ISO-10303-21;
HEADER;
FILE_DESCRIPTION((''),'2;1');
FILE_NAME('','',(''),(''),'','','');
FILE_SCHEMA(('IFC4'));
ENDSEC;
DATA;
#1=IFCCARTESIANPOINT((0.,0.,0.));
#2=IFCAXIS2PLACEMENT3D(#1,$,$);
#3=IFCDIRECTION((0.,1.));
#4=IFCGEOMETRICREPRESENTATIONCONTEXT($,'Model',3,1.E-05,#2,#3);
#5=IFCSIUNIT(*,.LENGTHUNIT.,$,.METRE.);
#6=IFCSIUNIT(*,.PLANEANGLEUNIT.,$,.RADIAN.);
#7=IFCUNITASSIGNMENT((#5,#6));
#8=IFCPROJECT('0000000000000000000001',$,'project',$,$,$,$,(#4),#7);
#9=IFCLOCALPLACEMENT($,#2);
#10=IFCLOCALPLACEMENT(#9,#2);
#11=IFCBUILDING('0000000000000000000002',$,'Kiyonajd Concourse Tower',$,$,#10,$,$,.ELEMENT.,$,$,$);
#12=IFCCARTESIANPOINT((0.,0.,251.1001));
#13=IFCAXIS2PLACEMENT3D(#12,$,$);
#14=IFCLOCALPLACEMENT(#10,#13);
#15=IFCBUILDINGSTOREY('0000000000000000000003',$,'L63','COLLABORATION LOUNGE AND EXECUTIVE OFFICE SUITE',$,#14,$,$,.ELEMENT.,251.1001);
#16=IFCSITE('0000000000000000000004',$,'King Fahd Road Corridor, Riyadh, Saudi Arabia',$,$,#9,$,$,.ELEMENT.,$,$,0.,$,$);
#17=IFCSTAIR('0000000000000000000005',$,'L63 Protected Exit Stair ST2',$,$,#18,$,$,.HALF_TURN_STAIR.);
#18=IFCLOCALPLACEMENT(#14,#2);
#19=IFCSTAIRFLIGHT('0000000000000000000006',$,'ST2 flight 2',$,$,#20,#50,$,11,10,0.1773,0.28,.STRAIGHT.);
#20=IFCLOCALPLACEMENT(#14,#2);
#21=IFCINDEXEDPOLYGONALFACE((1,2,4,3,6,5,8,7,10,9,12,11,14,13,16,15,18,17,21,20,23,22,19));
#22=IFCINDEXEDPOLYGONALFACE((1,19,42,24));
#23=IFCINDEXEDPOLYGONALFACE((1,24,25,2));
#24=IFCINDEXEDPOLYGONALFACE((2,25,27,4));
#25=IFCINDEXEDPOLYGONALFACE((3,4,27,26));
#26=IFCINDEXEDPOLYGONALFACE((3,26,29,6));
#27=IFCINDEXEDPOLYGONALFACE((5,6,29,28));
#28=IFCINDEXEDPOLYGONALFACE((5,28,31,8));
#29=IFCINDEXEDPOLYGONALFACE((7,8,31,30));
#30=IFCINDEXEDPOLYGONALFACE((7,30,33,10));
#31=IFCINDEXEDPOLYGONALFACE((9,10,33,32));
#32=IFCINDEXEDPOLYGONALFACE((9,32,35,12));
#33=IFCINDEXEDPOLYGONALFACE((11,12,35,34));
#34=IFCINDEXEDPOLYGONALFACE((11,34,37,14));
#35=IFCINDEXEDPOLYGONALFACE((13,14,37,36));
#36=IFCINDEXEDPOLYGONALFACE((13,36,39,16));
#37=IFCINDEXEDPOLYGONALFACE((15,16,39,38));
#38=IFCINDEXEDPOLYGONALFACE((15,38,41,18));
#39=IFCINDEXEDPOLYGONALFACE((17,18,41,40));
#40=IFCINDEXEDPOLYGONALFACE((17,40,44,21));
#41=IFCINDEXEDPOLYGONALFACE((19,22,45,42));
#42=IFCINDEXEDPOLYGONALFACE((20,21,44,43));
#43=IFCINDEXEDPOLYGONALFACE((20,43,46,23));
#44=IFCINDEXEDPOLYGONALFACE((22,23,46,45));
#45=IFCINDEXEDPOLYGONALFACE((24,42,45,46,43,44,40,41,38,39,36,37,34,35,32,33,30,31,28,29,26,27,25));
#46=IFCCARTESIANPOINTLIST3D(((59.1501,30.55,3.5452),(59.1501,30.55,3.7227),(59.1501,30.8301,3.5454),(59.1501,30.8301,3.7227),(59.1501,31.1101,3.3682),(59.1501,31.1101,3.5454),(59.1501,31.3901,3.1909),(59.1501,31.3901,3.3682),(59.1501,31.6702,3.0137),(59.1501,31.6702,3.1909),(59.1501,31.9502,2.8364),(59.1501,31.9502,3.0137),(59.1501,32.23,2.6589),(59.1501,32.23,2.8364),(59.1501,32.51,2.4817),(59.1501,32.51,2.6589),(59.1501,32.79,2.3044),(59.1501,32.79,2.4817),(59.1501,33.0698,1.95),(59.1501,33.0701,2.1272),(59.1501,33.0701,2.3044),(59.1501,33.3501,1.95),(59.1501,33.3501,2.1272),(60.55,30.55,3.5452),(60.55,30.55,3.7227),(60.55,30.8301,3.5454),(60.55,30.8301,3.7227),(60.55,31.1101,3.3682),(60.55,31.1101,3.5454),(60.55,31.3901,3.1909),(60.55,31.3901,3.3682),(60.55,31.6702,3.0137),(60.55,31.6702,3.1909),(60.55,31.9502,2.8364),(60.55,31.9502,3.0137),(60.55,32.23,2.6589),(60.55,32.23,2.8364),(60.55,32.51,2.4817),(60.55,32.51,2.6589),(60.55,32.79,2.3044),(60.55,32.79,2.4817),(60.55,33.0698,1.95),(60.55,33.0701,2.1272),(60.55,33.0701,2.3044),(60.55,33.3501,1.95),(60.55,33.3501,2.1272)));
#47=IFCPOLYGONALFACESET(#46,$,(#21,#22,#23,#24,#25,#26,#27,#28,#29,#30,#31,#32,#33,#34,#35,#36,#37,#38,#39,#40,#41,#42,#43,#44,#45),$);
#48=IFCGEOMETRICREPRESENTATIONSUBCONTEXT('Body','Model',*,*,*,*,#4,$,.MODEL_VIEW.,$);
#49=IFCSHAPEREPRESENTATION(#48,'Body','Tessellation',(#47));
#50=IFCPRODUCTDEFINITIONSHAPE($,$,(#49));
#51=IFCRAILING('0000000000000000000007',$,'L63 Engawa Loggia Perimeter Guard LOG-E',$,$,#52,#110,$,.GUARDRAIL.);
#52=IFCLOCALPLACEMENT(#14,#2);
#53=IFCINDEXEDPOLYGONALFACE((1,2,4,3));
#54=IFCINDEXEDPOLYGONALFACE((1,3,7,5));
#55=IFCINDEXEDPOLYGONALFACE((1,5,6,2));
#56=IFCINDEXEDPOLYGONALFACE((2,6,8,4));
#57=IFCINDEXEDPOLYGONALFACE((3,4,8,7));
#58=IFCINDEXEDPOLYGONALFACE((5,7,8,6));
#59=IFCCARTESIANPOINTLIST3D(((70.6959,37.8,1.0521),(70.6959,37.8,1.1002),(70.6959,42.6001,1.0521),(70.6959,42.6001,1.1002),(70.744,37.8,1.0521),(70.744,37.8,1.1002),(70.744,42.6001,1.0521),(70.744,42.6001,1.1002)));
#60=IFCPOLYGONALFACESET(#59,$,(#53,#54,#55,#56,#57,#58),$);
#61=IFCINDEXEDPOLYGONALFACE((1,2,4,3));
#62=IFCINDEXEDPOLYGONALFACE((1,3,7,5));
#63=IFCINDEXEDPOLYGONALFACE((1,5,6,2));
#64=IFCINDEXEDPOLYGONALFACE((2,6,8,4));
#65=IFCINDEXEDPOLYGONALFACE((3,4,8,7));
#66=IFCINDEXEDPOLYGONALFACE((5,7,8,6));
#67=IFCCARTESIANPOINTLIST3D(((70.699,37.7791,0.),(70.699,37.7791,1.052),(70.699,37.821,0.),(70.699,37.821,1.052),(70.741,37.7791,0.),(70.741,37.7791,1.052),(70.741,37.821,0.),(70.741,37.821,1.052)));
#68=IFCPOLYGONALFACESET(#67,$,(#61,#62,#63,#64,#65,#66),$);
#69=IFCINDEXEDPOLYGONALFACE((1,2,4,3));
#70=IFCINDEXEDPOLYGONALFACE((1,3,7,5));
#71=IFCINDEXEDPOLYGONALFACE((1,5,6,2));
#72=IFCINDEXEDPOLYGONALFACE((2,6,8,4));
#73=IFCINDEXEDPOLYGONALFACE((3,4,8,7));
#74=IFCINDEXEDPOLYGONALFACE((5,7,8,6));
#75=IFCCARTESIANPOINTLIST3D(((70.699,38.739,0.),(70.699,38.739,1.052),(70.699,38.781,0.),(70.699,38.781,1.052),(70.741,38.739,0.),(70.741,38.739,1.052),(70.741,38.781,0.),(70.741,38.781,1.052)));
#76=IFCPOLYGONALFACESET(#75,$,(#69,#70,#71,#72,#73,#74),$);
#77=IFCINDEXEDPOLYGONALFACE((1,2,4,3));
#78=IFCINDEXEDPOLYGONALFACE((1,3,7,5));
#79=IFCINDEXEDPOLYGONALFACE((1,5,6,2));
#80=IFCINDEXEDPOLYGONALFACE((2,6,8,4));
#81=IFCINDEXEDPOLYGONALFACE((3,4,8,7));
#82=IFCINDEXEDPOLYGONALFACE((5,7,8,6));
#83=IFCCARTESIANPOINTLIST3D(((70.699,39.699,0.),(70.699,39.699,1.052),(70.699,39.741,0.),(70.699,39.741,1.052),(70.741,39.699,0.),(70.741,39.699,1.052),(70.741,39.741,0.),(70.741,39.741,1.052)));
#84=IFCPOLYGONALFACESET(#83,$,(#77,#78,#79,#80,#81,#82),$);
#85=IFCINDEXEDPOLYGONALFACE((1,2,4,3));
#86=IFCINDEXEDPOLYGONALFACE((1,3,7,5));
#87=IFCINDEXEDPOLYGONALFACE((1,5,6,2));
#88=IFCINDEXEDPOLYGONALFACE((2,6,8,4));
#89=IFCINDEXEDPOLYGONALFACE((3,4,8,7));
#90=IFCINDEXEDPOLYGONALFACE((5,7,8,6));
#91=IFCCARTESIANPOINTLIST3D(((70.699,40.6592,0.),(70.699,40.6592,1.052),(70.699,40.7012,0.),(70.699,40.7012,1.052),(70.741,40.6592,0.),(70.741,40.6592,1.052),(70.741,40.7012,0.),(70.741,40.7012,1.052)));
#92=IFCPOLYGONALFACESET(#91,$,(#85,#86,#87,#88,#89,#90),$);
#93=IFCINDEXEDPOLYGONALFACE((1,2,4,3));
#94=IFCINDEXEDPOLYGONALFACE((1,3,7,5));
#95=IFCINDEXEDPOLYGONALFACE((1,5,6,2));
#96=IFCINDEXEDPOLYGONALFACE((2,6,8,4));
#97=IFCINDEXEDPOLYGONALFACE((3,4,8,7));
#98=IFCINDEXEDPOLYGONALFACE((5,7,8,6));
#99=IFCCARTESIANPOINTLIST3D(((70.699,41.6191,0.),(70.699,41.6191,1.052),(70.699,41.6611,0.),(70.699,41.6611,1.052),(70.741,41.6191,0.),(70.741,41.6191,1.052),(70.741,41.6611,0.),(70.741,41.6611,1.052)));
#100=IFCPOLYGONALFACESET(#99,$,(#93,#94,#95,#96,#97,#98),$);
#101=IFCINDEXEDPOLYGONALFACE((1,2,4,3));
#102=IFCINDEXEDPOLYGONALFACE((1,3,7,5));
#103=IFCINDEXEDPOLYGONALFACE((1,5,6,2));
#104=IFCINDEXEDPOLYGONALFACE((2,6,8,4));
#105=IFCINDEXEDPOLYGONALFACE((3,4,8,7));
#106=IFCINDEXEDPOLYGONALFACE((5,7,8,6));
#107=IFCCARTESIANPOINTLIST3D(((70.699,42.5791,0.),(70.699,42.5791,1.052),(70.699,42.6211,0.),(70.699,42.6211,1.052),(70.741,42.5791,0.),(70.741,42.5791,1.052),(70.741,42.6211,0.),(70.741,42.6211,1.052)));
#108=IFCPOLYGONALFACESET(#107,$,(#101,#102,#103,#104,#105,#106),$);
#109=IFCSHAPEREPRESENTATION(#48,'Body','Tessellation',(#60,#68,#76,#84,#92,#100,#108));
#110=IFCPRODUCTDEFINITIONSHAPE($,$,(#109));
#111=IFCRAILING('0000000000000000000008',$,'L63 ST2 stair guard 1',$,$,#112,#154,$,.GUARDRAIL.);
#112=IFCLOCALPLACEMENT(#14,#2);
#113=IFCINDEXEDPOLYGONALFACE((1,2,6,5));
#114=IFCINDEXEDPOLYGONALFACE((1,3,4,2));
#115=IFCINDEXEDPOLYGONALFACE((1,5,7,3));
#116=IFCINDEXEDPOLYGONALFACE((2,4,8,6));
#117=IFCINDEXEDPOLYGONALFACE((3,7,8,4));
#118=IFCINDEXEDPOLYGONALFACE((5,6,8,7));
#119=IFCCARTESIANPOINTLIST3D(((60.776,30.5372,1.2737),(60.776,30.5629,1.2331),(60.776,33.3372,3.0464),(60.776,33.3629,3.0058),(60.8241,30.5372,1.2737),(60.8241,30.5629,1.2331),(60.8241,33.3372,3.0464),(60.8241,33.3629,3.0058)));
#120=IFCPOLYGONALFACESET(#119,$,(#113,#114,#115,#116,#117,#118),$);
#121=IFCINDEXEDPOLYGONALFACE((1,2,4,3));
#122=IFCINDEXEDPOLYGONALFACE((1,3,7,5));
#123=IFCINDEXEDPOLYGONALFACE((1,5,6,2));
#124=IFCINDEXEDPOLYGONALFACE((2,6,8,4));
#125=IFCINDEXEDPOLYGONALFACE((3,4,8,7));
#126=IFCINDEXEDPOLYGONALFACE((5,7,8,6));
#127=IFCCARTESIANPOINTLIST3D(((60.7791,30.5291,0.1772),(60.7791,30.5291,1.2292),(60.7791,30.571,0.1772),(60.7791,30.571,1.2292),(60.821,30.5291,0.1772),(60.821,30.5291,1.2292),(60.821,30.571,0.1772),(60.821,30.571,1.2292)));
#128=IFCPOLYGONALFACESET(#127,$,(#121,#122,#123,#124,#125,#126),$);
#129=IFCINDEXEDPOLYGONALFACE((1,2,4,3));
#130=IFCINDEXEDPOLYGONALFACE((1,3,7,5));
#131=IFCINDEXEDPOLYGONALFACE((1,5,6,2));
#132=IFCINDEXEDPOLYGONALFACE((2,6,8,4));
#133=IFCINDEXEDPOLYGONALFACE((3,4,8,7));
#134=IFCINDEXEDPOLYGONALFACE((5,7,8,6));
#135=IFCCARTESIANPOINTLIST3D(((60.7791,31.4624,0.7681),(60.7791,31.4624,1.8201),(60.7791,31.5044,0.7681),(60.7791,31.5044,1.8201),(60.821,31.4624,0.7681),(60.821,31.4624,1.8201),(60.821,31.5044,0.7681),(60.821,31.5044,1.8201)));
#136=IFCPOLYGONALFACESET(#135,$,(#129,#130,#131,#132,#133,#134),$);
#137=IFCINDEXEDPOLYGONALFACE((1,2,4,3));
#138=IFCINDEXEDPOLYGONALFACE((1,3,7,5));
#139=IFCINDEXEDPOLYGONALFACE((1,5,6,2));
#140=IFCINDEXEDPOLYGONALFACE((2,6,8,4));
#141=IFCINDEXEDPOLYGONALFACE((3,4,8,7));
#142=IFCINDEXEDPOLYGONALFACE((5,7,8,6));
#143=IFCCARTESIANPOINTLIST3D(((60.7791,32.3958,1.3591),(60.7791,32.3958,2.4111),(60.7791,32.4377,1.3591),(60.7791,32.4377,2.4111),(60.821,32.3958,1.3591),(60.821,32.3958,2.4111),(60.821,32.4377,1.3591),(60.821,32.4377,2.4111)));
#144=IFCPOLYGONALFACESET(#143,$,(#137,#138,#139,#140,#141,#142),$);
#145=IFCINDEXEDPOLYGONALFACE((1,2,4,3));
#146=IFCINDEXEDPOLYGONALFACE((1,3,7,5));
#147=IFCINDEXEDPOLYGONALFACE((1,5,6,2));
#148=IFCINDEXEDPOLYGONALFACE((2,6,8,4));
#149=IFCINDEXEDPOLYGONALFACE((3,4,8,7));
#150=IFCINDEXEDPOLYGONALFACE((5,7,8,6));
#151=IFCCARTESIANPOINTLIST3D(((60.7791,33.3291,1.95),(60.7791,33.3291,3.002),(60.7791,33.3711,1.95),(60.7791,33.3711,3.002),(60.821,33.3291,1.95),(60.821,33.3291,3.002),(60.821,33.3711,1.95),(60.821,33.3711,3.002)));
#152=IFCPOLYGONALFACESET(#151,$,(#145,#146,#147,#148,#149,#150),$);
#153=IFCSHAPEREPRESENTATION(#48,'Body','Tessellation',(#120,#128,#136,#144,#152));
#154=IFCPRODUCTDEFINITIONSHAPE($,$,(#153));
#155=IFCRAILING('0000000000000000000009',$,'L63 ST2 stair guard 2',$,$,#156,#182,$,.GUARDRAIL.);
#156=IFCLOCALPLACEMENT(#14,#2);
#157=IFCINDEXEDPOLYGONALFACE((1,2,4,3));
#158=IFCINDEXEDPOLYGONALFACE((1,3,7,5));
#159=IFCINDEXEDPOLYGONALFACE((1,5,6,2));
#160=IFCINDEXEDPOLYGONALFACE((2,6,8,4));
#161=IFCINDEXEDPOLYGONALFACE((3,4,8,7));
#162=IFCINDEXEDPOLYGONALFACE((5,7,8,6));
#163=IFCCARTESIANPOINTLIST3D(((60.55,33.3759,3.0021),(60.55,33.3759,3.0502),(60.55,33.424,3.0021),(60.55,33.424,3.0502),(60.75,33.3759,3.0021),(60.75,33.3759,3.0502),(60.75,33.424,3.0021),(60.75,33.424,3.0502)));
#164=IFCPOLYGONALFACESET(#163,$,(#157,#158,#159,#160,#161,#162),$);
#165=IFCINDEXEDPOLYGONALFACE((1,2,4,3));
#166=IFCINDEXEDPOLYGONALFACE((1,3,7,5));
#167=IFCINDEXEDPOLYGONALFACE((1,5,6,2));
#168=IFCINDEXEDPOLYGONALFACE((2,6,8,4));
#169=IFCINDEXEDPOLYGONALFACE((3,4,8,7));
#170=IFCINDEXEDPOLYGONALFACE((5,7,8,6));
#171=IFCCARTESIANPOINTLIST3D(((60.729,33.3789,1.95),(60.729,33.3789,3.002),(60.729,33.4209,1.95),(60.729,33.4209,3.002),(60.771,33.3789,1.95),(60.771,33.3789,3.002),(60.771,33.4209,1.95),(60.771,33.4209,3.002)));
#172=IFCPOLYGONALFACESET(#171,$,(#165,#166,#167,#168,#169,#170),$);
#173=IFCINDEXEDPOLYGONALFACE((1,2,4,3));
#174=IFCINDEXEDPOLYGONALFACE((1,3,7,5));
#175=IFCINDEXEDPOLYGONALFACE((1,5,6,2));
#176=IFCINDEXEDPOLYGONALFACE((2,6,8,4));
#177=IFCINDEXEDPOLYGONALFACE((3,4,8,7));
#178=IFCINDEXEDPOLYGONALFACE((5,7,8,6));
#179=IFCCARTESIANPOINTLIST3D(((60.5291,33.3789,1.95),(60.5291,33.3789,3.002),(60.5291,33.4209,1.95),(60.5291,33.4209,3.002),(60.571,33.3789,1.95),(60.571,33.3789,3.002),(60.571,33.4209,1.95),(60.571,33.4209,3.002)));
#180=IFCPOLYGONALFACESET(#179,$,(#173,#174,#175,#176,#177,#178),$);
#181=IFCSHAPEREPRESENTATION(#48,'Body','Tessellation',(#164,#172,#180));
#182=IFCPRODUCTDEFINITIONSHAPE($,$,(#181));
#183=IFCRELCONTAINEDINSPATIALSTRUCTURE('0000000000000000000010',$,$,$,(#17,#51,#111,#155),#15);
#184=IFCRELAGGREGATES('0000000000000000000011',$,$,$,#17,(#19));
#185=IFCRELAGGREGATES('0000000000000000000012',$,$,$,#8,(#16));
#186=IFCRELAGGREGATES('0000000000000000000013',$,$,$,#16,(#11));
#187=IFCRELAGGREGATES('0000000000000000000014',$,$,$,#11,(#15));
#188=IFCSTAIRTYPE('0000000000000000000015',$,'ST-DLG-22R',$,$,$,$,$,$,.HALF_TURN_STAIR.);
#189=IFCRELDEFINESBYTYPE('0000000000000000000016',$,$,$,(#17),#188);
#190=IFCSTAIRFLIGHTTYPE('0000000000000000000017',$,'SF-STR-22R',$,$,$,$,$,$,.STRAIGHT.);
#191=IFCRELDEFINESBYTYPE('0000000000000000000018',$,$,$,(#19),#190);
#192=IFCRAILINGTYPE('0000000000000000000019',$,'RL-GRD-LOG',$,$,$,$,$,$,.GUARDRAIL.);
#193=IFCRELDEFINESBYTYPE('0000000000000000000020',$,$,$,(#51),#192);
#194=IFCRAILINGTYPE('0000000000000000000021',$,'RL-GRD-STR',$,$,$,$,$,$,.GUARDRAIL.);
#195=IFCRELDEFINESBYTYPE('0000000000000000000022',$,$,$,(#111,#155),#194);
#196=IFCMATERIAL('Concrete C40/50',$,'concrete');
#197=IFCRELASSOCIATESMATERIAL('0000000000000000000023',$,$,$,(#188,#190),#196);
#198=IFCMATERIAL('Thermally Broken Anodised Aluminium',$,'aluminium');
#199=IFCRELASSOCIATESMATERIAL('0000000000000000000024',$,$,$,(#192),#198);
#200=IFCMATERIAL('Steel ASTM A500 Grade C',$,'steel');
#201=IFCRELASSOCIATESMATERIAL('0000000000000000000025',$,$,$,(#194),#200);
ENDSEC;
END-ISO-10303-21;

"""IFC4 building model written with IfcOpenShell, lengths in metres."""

from ifc_helpers import new_model, si_unit, direction, frame, origin, origin_2d, place, context, subcontext, project, spatial, polyline, rectangle, outline, extrude, material, type_object, element, aggregate, save


model = new_model("IFC4")

# Units and contexts
model_context = context("Model", 3, precision=1e-05, world=origin(), true_north=direction((0.0, 1.0)))
body_context = subcontext(model_context, "Body", "Model", "MODEL_VIEW")
ifc_project = project(units=[si_unit("LENGTHUNIT", "METRE"), si_unit("PLANEANGLEUNIT", "RADIAN")], contexts=[model_context])

# Site, building, storey
site_placement = place(None, origin())
site = spatial("IfcSite", under=ifc_project, at=site_placement, Name="King Fahd Road Corridor, Riyadh, Saudi Arabia", CompositionType="ELEMENT", RefElevation=0.0)
building_placement = place(site_placement, origin())
building = spatial("IfcBuilding", under=site, at=building_placement, Name="Kiyonajd Concourse Tower", CompositionType="ELEMENT")
storey_placement = place(building_placement, frame((0.0, 0.0, 251.1001)))
storey = spatial("IfcBuildingStorey", under=building, at=storey_placement, Name="L63", Description="COLLABORATION LOUNGE AND EXECUTIVE OFFICE SUITE", CompositionType="ELEMENT", Elevation=251.1001)

# Shared definitions
ifc_material_1 = material(Name="Thermally Broken Anodised Aluminium", Category="aluminium")

# Stair, stair flight
ifc_material_2 = material(Name="Concrete C40/50", Category="concrete")
stair_type = type_object("IfcStairType", Name="ST-DLG-22R", PredefinedType="HALF_TURN_STAIR", material=ifc_material_2)
stair_placement = place(storey_placement, origin())
stair = element("IfcStair", 1, at=stair_placement, inside=storey, type_object=stair_type, Name="L63 Protected Exit Stair ST2", PredefinedType="HALF_TURN_STAIR")
stair_flight_type = type_object("IfcStairFlightType", Name="SF-STR-22R", PredefinedType="STRAIGHT", material=ifc_material_2)
stair_flight_1_placement = place(storey_placement, frame((59.8501, 33.3501, 1.95), z_axis=(0.0, 0.0, 1.0), x_axis=(0.0, -1.0, 0.0)))
stair_flight_1 = element("IfcStairFlight", 2, at=stair_flight_1_placement, type_object=stair_flight_type, Name="ST2 flight 2", NumberOfRisers=11, NumberOfTreads=10, PredefinedType="STRAIGHT", RiserHeight=0.1773, TreadLength=0.28, context=body_context, shape_type="SweptSolid", body=[
    extrude(outline(polyline([(0.0, 0.0), (0.0, 0.1772), (0.28, 0.1772), (0.28, 0.3545), (0.5601, 0.3545), (0.5601, 0.5317), (0.8401, 0.5317), (0.8401, 0.709), (1.1201, 0.709), (1.1201, 0.8865), (1.3999, 0.8865), (1.3999, 1.0637), (1.6799, 1.0637), (1.6799, 1.241), (1.96, 1.241), (1.96, 1.4182), (2.24, 1.4182), (2.24, 1.5955), (2.52, 1.5955), (2.52, 1.7727), (2.8, 1.7727), (2.8, 1.95), (2.8, 1.5952), (0.2803, 0.0), (0.0, 0.0)])), frame((0.0, 0.7, 0.0), z_axis=(0.0, -1.0, 0.0), x_axis=(1.0, 0.0, 0.0)), (0.0, 0.0, 1.0), 1.3999),
])
aggregate(stair, [stair_flight_1])

# Railings
railing_type_1 = type_object("IfcRailingType", Name="RL-GRD-LOG", PredefinedType="GUARDRAIL", material=ifc_material_1)
railing_1_placement = place(storey_placement, frame((70.72, 37.8, 0.0)))
element("IfcRailing", 3, at=railing_1_placement, inside=storey, type_object=railing_type_1, Name="L63 Engawa Loggia Perimeter Guard LOG-E", PredefinedType="GUARDRAIL", context=body_context, shape_type="SweptSolid", body=[
    extrude(rectangle(XDim=0.0481, YDim=0.0481, at=origin_2d()), frame((0.0, 0.0, 1.0762), z_axis=(0.0, 1.0, 0.0), x_axis=(-1.0, 0.0, 0.0)), (0.0, 0.0, 1.0), 4.8),
    extrude(rectangle(XDim=0.042, YDim=0.042, at=origin_2d()), origin(), (0.0, 0.0, 1.0), 1.052),
    extrude(rectangle(XDim=0.042, YDim=0.042, at=origin_2d()), frame((0.0, 0.96, 0.0)), (0.0, 0.0, 1.0), 1.052),
    extrude(rectangle(XDim=0.042, YDim=0.042, at=origin_2d()), frame((0.0, 1.9199, 0.0)), (0.0, 0.0, 1.0), 1.052),
    extrude(rectangle(XDim=0.042, YDim=0.042, at=origin_2d()), frame((0.0, 2.8801, 0.0)), (0.0, 0.0, 1.0), 1.052),
    extrude(rectangle(XDim=0.042, YDim=0.042, at=origin_2d()), frame((0.0, 3.8401, 0.0)), (0.0, 0.0, 1.0), 1.052),
    extrude(rectangle(XDim=0.042, YDim=0.042, at=origin_2d()), frame((0.0, 4.8, 0.0)), (0.0, 0.0, 1.0), 1.052),
])
ifc_material_3 = material(Name="Steel ASTM A500 Grade C", Category="steel")
railing_type_2 = type_object("IfcRailingType", Name="RL-GRD-STR", PredefinedType="GUARDRAIL", material=ifc_material_3)
railing_2_placement = place(storey_placement, frame((60.8, 30.55, 0.1772)))
element("IfcRailing", 4, at=railing_2_placement, inside=storey, type_object=railing_type_2, Name="L63 ST2 stair guard 1", PredefinedType="GUARDRAIL", context=body_context, shape_type="SweptSolid", body=[
    extrude(rectangle(XDim=0.0481, YDim=0.0481, at=origin_2d()), frame((0.0, 0.0, 1.0762), z_axis=(0.0, 0.844909, 0.53491), x_axis=(-1.0, 0.0, 0.0)), (0.0, 0.0, 1.0), 3.314),
    extrude(rectangle(XDim=0.042, YDim=0.042, at=origin_2d()), origin(), (0.0, 0.0, 1.0), 1.052),
    extrude(rectangle(XDim=0.042, YDim=0.042, at=origin_2d()), frame((0.0, 0.9333, 0.5908)), (0.0, 0.0, 1.0), 1.052),
    extrude(rectangle(XDim=0.042, YDim=0.042, at=origin_2d()), frame((0.0, 1.8667, 1.1819)), (0.0, 0.0, 1.0), 1.052),
    extrude(rectangle(XDim=0.042, YDim=0.042, at=origin_2d()), frame((0.0, 2.8, 1.7727)), (0.0, 0.0, 1.0), 1.052),
])
railing_3_placement = place(storey_placement, frame((60.75, 33.3999, 1.95)))
element("IfcRailing", 5, at=railing_3_placement, inside=storey, type_object=railing_type_2, Name="L63 ST2 stair guard 2", PredefinedType="GUARDRAIL", context=body_context, shape_type="SweptSolid", body=[
    extrude(rectangle(XDim=0.0481, YDim=0.0481, at=origin_2d()), frame((0.0, 0.0, 1.0762), z_axis=(-1.0, 0.0, 0.0), x_axis=(0.0, -1.0, 0.0)), (0.0, 0.0, 1.0), 0.2),
    extrude(rectangle(XDim=0.042, YDim=0.042, at=origin_2d()), origin(), (0.0, 0.0, 1.0), 1.052),
    extrude(rectangle(XDim=0.042, YDim=0.042, at=origin_2d()), frame((-0.2, 0.0, 0.0)), (0.0, 0.0, 1.0), 1.052),
])

save(model, "model.ifc")
